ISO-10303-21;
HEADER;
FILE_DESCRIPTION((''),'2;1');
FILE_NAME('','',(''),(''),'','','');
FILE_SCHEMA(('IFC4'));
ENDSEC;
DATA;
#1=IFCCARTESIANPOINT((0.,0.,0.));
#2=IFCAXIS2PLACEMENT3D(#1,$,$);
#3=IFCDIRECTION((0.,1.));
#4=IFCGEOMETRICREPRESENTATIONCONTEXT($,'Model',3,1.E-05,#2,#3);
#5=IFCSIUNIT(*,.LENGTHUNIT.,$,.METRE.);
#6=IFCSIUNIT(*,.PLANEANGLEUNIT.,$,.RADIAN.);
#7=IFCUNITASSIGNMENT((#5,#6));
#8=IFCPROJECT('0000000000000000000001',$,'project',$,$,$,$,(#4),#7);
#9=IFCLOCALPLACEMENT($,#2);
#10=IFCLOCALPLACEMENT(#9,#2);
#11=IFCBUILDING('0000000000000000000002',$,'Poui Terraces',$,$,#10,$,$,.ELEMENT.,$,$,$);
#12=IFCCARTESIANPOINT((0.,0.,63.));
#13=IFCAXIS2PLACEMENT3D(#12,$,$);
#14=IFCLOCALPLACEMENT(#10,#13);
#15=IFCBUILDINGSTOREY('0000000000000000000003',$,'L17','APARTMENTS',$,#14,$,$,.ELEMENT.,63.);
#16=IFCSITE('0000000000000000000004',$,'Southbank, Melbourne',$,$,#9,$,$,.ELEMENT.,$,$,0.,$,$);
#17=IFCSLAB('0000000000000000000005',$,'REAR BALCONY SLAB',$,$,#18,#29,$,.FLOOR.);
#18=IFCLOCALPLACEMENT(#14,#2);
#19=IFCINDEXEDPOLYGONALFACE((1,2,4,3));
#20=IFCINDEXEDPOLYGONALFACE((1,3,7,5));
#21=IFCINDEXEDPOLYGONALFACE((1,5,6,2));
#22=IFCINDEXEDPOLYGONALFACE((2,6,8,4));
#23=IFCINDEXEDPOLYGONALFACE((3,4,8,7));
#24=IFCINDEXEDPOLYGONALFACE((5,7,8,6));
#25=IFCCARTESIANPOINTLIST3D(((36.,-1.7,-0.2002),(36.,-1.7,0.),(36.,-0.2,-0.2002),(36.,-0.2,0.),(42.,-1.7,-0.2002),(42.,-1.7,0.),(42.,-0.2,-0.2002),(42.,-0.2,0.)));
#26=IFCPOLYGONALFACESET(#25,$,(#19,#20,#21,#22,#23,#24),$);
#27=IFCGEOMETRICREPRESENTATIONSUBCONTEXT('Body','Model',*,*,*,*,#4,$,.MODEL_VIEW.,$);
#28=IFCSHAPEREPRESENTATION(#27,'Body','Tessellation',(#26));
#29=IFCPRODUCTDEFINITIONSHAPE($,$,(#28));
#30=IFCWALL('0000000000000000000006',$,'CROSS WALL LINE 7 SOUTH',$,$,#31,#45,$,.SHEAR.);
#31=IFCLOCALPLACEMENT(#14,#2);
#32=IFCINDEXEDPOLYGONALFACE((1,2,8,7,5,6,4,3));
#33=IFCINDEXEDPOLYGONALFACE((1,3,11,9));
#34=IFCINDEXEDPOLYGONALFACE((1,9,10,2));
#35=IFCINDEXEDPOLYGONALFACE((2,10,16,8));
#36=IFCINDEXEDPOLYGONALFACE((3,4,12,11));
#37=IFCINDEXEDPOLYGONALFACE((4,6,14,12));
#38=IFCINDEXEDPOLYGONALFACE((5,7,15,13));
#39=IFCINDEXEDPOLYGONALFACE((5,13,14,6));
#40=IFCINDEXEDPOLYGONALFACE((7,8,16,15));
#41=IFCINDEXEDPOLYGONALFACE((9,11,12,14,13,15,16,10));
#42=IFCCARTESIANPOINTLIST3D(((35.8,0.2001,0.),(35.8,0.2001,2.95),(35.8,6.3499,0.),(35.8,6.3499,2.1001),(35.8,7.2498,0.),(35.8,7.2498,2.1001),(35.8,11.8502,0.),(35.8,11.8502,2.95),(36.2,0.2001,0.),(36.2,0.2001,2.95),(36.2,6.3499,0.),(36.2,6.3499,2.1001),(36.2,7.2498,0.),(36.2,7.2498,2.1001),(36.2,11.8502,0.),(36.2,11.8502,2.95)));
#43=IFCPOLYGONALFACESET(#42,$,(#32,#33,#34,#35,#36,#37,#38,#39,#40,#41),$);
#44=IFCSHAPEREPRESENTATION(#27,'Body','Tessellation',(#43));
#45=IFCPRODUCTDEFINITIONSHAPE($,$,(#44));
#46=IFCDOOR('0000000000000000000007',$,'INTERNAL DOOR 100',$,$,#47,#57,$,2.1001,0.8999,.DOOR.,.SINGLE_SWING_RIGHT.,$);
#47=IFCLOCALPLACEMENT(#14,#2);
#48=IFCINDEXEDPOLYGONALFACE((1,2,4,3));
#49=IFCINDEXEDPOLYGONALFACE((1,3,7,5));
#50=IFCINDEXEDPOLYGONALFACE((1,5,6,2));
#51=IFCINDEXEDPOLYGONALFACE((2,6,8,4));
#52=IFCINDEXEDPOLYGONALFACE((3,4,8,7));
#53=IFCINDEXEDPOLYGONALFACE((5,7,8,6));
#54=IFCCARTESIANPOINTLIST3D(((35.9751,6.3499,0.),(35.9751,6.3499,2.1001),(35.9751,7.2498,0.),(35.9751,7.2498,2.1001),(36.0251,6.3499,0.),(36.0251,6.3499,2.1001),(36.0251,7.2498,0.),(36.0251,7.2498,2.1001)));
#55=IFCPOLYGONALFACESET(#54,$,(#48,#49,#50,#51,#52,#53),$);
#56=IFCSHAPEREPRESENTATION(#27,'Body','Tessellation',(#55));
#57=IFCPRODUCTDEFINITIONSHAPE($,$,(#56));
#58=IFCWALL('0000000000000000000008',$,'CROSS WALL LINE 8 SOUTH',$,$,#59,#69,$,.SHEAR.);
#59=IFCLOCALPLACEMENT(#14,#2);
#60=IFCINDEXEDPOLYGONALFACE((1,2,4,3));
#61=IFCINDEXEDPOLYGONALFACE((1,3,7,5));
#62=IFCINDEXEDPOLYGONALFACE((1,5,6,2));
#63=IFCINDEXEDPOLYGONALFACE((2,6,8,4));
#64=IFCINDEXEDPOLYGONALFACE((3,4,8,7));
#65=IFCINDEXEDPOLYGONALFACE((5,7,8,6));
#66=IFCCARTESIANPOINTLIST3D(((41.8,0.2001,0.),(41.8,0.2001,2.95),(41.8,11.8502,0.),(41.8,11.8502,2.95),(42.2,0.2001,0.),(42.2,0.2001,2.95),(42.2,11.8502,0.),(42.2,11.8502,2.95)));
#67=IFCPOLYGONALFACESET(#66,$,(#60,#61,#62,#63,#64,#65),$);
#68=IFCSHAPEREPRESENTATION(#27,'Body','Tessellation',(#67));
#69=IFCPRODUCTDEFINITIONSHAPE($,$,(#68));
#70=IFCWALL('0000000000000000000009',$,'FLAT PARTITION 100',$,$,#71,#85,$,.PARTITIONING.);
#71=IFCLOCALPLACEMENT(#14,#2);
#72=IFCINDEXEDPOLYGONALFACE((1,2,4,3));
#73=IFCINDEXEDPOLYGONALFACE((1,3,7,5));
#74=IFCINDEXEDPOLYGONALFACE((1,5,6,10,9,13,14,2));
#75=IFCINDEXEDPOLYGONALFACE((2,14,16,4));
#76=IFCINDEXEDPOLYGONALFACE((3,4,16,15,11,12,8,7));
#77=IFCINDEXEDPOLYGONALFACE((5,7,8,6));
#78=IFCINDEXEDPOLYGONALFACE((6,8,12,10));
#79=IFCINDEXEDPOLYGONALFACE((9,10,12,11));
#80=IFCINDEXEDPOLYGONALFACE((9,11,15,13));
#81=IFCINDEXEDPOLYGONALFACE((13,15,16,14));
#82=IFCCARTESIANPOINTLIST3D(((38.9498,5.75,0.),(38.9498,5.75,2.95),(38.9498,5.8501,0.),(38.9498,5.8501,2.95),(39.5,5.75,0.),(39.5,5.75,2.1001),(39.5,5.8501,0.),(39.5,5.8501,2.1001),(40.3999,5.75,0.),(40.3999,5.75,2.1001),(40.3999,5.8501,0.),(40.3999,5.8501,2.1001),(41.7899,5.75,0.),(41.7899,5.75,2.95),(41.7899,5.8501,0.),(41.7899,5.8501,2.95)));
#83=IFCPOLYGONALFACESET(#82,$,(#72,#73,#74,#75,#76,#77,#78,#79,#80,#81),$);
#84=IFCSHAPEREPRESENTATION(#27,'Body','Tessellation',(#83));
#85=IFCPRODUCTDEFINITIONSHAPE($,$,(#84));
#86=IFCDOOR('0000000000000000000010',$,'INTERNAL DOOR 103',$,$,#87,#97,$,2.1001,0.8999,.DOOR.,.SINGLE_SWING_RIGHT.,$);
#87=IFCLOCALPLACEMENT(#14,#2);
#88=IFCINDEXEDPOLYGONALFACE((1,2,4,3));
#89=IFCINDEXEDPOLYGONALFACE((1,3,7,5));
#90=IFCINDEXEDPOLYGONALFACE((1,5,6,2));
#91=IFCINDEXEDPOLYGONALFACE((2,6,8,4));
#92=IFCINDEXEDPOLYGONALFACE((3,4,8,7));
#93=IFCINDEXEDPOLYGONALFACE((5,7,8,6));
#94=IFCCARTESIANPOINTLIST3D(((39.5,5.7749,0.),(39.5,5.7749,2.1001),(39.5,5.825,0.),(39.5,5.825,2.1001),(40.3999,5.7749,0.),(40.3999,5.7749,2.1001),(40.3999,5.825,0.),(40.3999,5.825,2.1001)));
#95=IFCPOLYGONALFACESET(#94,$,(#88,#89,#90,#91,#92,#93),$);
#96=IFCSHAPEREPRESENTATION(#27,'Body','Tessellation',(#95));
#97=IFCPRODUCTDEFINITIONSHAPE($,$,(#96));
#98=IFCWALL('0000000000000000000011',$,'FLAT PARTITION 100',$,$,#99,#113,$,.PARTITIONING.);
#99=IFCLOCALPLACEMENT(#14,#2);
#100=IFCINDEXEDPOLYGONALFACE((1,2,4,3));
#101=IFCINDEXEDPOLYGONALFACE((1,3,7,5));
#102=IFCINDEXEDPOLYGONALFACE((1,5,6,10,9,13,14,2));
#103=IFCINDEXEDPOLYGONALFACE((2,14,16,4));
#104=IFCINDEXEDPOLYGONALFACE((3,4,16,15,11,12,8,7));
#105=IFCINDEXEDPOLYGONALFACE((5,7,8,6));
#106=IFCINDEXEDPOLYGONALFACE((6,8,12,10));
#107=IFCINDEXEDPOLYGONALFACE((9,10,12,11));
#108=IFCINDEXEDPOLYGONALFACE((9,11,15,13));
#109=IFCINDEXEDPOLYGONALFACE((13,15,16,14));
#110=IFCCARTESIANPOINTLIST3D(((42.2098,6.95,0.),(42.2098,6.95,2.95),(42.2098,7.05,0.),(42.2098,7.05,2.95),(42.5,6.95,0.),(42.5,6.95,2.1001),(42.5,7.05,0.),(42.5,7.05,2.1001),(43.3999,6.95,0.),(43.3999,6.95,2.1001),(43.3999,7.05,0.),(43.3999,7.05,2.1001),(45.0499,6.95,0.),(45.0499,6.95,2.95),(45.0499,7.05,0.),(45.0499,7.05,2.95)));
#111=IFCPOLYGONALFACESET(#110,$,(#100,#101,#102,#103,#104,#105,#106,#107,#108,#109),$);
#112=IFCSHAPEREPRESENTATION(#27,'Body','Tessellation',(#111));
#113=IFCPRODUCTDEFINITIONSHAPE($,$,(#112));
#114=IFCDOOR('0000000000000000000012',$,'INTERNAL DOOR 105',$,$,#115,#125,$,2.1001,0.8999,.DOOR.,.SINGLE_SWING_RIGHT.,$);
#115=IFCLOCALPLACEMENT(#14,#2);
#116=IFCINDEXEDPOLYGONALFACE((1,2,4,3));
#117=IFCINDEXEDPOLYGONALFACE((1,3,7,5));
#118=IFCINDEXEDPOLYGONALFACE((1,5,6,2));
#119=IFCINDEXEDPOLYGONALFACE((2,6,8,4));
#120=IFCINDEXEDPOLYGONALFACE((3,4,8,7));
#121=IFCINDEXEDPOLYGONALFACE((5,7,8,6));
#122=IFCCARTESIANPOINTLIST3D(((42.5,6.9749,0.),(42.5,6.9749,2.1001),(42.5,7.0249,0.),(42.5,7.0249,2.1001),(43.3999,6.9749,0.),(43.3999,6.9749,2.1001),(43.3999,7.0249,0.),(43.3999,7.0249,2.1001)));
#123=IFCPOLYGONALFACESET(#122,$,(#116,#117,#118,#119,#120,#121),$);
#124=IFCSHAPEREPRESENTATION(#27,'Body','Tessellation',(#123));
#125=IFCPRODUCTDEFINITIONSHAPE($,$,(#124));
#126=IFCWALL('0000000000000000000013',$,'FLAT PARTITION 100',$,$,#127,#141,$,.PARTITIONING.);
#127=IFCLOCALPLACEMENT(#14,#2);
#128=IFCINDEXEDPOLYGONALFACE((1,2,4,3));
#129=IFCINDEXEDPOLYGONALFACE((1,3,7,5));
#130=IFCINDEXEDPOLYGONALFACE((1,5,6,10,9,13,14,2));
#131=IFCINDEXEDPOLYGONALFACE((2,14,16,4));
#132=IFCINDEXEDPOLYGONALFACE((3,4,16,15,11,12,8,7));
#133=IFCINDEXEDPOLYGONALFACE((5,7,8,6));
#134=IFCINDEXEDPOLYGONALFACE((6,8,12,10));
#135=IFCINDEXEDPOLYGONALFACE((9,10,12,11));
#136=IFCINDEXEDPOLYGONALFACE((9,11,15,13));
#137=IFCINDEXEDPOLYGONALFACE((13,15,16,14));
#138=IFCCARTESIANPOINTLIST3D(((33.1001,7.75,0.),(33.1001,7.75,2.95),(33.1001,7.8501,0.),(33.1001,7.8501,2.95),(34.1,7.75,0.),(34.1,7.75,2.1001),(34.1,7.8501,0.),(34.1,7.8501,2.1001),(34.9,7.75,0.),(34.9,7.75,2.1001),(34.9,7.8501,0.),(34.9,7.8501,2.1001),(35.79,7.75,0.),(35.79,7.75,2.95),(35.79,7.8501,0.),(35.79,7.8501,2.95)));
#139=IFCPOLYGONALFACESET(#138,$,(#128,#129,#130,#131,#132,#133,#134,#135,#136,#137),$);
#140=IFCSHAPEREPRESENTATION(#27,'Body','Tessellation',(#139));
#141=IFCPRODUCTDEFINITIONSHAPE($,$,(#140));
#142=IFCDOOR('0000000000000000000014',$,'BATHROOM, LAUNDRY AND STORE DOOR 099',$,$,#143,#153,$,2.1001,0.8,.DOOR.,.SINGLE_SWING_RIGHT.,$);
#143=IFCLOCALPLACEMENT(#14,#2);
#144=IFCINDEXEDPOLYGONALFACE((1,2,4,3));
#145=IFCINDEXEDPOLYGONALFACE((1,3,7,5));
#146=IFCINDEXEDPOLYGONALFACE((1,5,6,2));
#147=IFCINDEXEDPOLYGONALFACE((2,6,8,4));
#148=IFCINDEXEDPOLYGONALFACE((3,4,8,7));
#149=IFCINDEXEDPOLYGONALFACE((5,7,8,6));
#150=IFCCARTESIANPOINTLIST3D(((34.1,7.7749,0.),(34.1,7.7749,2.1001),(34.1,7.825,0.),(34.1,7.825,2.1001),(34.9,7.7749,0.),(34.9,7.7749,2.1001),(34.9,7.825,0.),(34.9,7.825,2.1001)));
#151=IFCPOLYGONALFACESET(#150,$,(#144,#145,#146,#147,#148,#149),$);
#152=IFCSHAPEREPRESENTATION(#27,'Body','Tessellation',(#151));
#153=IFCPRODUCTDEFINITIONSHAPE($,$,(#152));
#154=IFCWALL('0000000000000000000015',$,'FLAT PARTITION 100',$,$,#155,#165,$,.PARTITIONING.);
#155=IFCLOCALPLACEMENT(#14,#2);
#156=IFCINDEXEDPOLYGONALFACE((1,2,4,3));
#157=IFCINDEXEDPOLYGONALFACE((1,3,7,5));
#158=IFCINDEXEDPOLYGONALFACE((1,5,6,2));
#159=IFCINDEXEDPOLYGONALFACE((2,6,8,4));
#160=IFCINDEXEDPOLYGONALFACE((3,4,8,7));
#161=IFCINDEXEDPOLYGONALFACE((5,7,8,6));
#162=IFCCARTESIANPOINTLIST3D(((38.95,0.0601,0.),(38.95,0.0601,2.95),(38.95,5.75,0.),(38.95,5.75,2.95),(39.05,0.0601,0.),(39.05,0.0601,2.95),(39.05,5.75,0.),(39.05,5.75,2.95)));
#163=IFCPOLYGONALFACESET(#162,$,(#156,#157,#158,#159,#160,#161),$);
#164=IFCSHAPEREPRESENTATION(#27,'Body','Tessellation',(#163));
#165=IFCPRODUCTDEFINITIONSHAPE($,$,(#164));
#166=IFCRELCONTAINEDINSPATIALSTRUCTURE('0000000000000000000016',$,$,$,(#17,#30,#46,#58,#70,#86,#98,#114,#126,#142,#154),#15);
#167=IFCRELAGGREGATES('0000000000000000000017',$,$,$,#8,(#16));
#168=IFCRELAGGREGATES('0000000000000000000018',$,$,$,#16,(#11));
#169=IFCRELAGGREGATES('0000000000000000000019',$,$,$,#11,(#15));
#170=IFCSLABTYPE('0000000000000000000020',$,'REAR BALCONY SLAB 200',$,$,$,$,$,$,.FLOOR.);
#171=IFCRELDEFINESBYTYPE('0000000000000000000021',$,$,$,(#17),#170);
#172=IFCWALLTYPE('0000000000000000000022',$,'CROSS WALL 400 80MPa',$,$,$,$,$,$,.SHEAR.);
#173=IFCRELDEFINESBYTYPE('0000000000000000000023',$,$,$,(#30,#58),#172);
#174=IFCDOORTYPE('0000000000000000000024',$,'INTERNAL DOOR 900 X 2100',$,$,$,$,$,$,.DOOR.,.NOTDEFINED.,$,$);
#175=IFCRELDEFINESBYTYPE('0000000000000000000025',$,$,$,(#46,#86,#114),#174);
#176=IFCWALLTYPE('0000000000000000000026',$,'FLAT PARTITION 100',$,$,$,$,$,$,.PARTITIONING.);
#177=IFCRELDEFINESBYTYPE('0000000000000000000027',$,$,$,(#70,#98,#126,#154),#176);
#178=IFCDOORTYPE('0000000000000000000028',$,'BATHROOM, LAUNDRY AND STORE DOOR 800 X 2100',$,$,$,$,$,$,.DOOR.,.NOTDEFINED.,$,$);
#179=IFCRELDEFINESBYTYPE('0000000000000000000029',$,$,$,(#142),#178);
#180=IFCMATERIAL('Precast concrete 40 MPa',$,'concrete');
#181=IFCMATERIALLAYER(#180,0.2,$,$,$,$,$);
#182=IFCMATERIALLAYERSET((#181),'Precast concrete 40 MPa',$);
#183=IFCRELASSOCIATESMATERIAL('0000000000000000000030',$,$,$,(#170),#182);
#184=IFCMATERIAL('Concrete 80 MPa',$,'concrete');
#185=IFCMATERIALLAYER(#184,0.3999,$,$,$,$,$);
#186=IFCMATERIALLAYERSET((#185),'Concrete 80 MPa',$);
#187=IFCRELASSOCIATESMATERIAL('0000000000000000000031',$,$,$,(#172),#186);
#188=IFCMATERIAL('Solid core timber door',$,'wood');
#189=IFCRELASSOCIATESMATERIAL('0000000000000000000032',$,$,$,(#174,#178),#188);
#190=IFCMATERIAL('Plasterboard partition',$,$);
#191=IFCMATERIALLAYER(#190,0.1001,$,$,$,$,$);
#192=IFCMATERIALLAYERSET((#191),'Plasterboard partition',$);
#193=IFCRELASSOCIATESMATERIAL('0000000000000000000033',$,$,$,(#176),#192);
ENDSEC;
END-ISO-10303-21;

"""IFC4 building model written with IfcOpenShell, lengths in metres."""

from ifc_helpers import new_model, si_unit, direction, frame, frame_2d, origin, place, context, subcontext, project, spatial, polyline, rectangle, outline, extrude, source, transform, mapped, material, layer, layer_set, type_object, element, fill, save


model = new_model("IFC4")

# Units and contexts
model_context = context("Model", 3, precision=1e-05, world=origin(), true_north=direction((0.0, 1.0)))
body_context = subcontext(model_context, "Body", "Model", "MODEL_VIEW")
ifc_project = project(units=[si_unit("LENGTHUNIT", "METRE"), si_unit("PLANEANGLEUNIT", "RADIAN")], contexts=[model_context])

# Site, building, storey
site_placement = place(None, origin())
site = spatial("IfcSite", under=ifc_project, at=site_placement, Name="Southbank, Melbourne", CompositionType="ELEMENT", RefElevation=0.0)
building_placement = place(site_placement, origin())
building = spatial("IfcBuilding", under=site, at=building_placement, Name="Poui Terraces", CompositionType="ELEMENT")
storey_placement = place(building_placement, frame((0.0, 0.0, 63.0)))
storey = spatial("IfcBuildingStorey", under=building, at=storey_placement, Name="L17", Description="APARTMENTS", CompositionType="ELEMENT", Elevation=63.0)

# Slab
ifc_material_1 = material(Name="Precast concrete 40 MPa", Category="concrete")
ifc_layer_1 = layer(ifc_material_1, 0.2)
ifc_layer_set_1 = layer_set([ifc_layer_1], Name="Precast concrete 40 MPa")
slab_type = type_object("IfcSlabType", Name="REAR BALCONY SLAB 200", PredefinedType="FLOOR", material=ifc_layer_set_1)
shared_shape_1 = source(origin(), body_context, "Body", "SweptSolid", [
    extrude(outline(polyline([(0.0, 0.0), (6.0, 0.0), (6.0, 1.5), (0.0, 1.5), (0.0, 0.0)])), origin(), (0.0, 0.0, 1.0), 0.2002),
])
slab_placement = place(storey_placement, frame((36.0, -1.7, -0.2002)))
element("IfcSlab", 1, at=slab_placement, inside=storey, type_object=slab_type, Name="REAR BALCONY SLAB", PredefinedType="FLOOR", context=body_context, shape_type="MappedRepresentation", body=[
    mapped(shared_shape_1, transform((0.0, 0.0, 0.0))),
])

# Wall, opening, door
ifc_material_2 = material(Name="Concrete 80 MPa", Category="concrete")
ifc_layer_2 = layer(ifc_material_2, 0.3999)
ifc_layer_set_2 = layer_set([ifc_layer_2], Name="Concrete 80 MPa")
wall_type_1 = type_object("IfcWallType", Name="CROSS WALL 400 80MPa", PredefinedType="SHEAR", material=ifc_layer_set_2)
wall_1_placement = place(storey_placement, frame((36.0, 0.2, 0.0), z_axis=(0.0, 0.0, 1.0), x_axis=(0.0, 1.0, 0.0)))
wall_1 = element("IfcWall", 2, at=wall_1_placement, inside=storey, type_object=wall_type_1, Name="CROSS WALL LINE 7 SOUTH", PredefinedType="SHEAR", context=body_context, shape_type="SweptSolid", body=[
    extrude(rectangle(XDim=11.6501, YDim=0.3999, at=frame_2d((5.8252, 0.0))), origin(), (0.0, 0.0, 1.0), 2.95),
])
opening_1_placement = place(wall_1_placement, frame((6.1499, 0.0, 0.0)))
opening_1 = element("IfcOpeningElement", 3, at=opening_1_placement, cuts=wall_1, PredefinedType="OPENING", context=body_context, shape_type="SweptSolid", body=[
    extrude(rectangle(XDim=0.8999, YDim=2.1001, at=frame_2d((0.45, 1.05))), frame((0.0, 0.21, 0.0), z_axis=(0.0, -1.0, 0.0), x_axis=(1.0, 0.0, 0.0)), (0.0, 0.0, 1.0), 0.4199),
])
ifc_material_3 = material(Name="Solid core timber door", Category="wood")
door_type_1 = type_object("IfcDoorType", Name="INTERNAL DOOR 900 X 2100", OperationType="NOTDEFINED", PredefinedType="DOOR", material=ifc_material_3)
door_1_placement = place(opening_1_placement, origin())
door_1 = element("IfcDoor", 4, at=door_1_placement, inside=storey, type_object=door_type_1, Name="INTERNAL DOOR 100", OperationType="SINGLE_SWING_RIGHT", OverallHeight=2.1001, OverallWidth=0.8999, PredefinedType="DOOR", context=body_context, shape_type="SweptSolid", body=[
    extrude(rectangle(XDim=0.8999, YDim=2.1001, at=frame_2d((0.45, 1.05))), frame((0.0, 0.0249, 0.0), z_axis=(0.0, -1.0, 0.0), x_axis=(1.0, 0.0, 0.0)), (0.0, 0.0, 1.0), 0.05),
])
fill(opening_1, door_1)

# Wall
wall_2_placement = place(storey_placement, frame((42.0, 0.2, 0.0), z_axis=(0.0, 0.0, 1.0), x_axis=(0.0, 1.0, 0.0)))
element("IfcWall", 5, at=wall_2_placement, inside=storey, type_object=wall_type_1, Name="CROSS WALL LINE 8 SOUTH", PredefinedType="SHEAR", context=body_context, shape_type="SweptSolid", body=[
    extrude(rectangle(XDim=11.6501, YDim=0.3999, at=frame_2d((5.8252, 0.0))), origin(), (0.0, 0.0, 1.0), 2.95),
])

# Walls, openings, doors
ifc_material_4 = material(Name="Plasterboard partition")
ifc_layer_3 = layer(ifc_material_4, 0.1001)
ifc_layer_set_3 = layer_set([ifc_layer_3], Name="Plasterboard partition")
wall_type_2 = type_object("IfcWallType", Name="FLAT PARTITION 100", PredefinedType="PARTITIONING", material=ifc_layer_set_3)
wall_3_placement = place(storey_placement, frame((38.95, 5.8, 0.0), z_axis=(0.0, 0.0, 1.0), x_axis=(1.0, 0.0, 0.0)))
wall_3 = element("IfcWall", 6, at=wall_3_placement, inside=storey, type_object=wall_type_2, Name="FLAT PARTITION 100", PredefinedType="PARTITIONING", context=body_context, shape_type="SweptSolid", body=[
    extrude(rectangle(XDim=2.8401, YDim=0.1001, at=frame_2d((1.4199, 0.0))), origin(), (0.0, 0.0, 1.0), 2.95),
])
opening_2_placement = place(wall_3_placement, frame((0.55, 0.0, 0.0)))
opening_2 = element("IfcOpeningElement", 7, at=opening_2_placement, cuts=wall_3, PredefinedType="OPENING", context=body_context, shape_type="SweptSolid", body=[
    extrude(rectangle(XDim=0.8999, YDim=2.1001, at=frame_2d((0.45, 1.05))), frame((0.0, 0.0601, 0.0), z_axis=(0.0, -1.0, 0.0), x_axis=(1.0, 0.0, 0.0)), (0.0, 0.0, 1.0), 0.1201),
])
door_2_placement = place(opening_2_placement, origin())
door_2 = element("IfcDoor", 8, at=door_2_placement, inside=storey, type_object=door_type_1, Name="INTERNAL DOOR 103", OperationType="SINGLE_SWING_RIGHT", OverallHeight=2.1001, OverallWidth=0.8999, PredefinedType="DOOR", context=body_context, shape_type="SweptSolid", body=[
    extrude(rectangle(XDim=0.8999, YDim=2.1001, at=frame_2d((0.45, 1.05))), frame((0.0, 0.0249, 0.0), z_axis=(0.0, -1.0, 0.0), x_axis=(1.0, 0.0, 0.0)), (0.0, 0.0, 1.0), 0.05),
])
fill(opening_2, door_2)
wall_4_placement = place(storey_placement, frame((42.21, 7.0, 0.0), z_axis=(0.0, 0.0, 1.0), x_axis=(1.0, 0.0, 0.0)))
wall_4 = element("IfcWall", 9, at=wall_4_placement, inside=storey, type_object=wall_type_2, Name="FLAT PARTITION 100", PredefinedType="PARTITIONING", context=body_context, shape_type="SweptSolid", body=[
    extrude(rectangle(XDim=2.8401, YDim=0.1001, at=frame_2d((1.4199, 0.0))), origin(), (0.0, 0.0, 1.0), 2.95),
])
opening_3_placement = place(wall_4_placement, frame((0.29, 0.0, 0.0)))
opening_3 = element("IfcOpeningElement", 10, at=opening_3_placement, cuts=wall_4, PredefinedType="OPENING", context=body_context, shape_type="SweptSolid", body=[
    extrude(rectangle(XDim=0.8999, YDim=2.1001, at=frame_2d((0.45, 1.05))), frame((0.0, 0.0601, 0.0), z_axis=(0.0, -1.0, 0.0), x_axis=(1.0, 0.0, 0.0)), (0.0, 0.0, 1.0), 0.1201),
])
door_3_placement = place(opening_3_placement, origin())
door_3 = element("IfcDoor", 11, at=door_3_placement, inside=storey, type_object=door_type_1, Name="INTERNAL DOOR 105", OperationType="SINGLE_SWING_RIGHT", OverallHeight=2.1001, OverallWidth=0.8999, PredefinedType="DOOR", context=body_context, shape_type="SweptSolid", body=[
    extrude(rectangle(XDim=0.8999, YDim=2.1001, at=frame_2d((0.45, 1.05))), frame((0.0, 0.0249, 0.0), z_axis=(0.0, -1.0, 0.0), x_axis=(1.0, 0.0, 0.0)), (0.0, 0.0, 1.0), 0.05),
])
fill(opening_3, door_3)
wall_5_placement = place(storey_placement, frame((33.1001, 7.8, 0.0), z_axis=(0.0, 0.0, 1.0), x_axis=(1.0, 0.0, 0.0)))
wall_5 = element("IfcWall", 12, at=wall_5_placement, inside=storey, type_object=wall_type_2, Name="FLAT PARTITION 100", PredefinedType="PARTITIONING", context=body_context, shape_type="SweptSolid", body=[
    extrude(rectangle(XDim=2.6899, YDim=0.1001, at=frame_2d((1.345, 0.0))), origin(), (0.0, 0.0, 1.0), 2.95),
])
opening_4_placement = place(wall_5_placement, frame((1.0, 0.0, 0.0)))
opening_4 = element("IfcOpeningElement", 13, at=opening_4_placement, cuts=wall_5, PredefinedType="OPENING", context=body_context, shape_type="SweptSolid", body=[
    extrude(rectangle(XDim=0.8, YDim=2.1001, at=frame_2d((0.3999, 1.05))), frame((0.0, 0.0601, 0.0), z_axis=(0.0, -1.0, 0.0), x_axis=(1.0, 0.0, 0.0)), (0.0, 0.0, 1.0), 0.1201),
])
door_type_2 = type_object("IfcDoorType", Name="BATHROOM, LAUNDRY AND STORE DOOR 800 X 2100", OperationType="NOTDEFINED", PredefinedType="DOOR", material=ifc_material_3)
door_4_placement = place(opening_4_placement, origin())
door_4 = element("IfcDoor", 14, at=door_4_placement, inside=storey, type_object=door_type_2, Name="BATHROOM, LAUNDRY AND STORE DOOR 099", OperationType="SINGLE_SWING_RIGHT", OverallHeight=2.1001, OverallWidth=0.8, PredefinedType="DOOR", context=body_context, shape_type="SweptSolid", body=[
    extrude(rectangle(XDim=0.8, YDim=2.1001, at=frame_2d((0.3999, 1.05))), frame((0.0, 0.0249, 0.0), z_axis=(0.0, -1.0, 0.0), x_axis=(1.0, 0.0, 0.0)), (0.0, 0.0, 1.0), 0.05),
])
fill(opening_4, door_4)

# Wall
wall_6_placement = place(storey_placement, frame((39.0, 0.0601, 0.0), z_axis=(0.0, 0.0, 1.0), x_axis=(0.0, 1.0, 0.0)))
element("IfcWall", 15, at=wall_6_placement, inside=storey, type_object=wall_type_2, Name="FLAT PARTITION 100", PredefinedType="PARTITIONING", context=body_context, shape_type="SweptSolid", body=[
    extrude(rectangle(XDim=5.6899, YDim=0.1001, at=frame_2d((2.845, 0.0))), origin(), (0.0, 0.0, 1.0), 2.95),
])

save(model, "model.ifc")
